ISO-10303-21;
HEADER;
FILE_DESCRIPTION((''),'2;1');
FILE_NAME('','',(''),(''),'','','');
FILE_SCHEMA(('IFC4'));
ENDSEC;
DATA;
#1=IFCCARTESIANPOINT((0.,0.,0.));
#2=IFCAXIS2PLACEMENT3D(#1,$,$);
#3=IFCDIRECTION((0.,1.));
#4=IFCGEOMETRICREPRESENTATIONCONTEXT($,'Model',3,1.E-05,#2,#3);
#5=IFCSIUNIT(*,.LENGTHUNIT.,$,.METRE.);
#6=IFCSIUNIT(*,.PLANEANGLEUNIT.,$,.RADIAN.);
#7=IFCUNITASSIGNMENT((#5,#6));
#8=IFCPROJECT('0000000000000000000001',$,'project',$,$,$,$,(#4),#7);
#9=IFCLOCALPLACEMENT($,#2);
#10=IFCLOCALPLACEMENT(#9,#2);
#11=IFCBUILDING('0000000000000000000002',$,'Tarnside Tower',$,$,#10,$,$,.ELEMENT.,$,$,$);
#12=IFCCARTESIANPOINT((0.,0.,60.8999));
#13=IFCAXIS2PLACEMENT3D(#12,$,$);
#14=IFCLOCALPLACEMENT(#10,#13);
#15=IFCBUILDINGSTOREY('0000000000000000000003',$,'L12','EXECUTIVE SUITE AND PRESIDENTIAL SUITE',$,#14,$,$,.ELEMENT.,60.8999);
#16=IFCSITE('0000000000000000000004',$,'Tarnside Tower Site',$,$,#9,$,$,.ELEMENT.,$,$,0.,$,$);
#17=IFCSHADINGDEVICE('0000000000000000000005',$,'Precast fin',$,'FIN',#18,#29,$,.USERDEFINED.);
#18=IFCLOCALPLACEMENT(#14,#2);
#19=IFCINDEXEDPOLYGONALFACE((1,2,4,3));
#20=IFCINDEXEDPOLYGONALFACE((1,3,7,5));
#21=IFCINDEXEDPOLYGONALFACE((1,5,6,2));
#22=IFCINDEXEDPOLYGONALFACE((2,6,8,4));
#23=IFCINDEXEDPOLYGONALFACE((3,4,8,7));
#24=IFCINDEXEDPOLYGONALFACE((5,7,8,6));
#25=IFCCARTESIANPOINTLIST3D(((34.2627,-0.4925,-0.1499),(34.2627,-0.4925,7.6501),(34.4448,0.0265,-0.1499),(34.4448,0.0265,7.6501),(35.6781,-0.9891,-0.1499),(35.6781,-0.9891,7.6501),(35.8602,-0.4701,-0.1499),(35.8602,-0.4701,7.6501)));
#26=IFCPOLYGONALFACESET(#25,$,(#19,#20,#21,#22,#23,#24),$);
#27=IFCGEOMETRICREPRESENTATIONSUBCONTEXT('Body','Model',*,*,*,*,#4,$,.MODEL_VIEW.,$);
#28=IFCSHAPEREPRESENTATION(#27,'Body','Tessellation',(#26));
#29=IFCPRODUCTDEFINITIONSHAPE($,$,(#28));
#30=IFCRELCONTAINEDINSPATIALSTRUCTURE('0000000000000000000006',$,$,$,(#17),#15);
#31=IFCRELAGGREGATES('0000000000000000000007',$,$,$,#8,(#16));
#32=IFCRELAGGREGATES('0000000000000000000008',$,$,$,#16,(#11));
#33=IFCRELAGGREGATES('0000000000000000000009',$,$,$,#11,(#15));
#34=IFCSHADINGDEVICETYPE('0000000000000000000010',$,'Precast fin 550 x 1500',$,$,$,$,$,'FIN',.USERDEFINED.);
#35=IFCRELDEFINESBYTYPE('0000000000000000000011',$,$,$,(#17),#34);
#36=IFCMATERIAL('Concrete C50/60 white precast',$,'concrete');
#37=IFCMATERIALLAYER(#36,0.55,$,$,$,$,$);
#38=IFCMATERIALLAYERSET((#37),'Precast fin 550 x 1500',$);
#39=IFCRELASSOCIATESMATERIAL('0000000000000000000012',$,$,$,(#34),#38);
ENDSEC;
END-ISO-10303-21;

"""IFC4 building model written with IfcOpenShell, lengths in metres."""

from ifc_helpers import new_model, si_unit, direction, frame, origin, place, context, subcontext, project, spatial, polyline, outline, extrude, material, layer, layer_set, type_object, element, save


model = new_model("IFC4")

# Units and contexts
model_context = context("Model", 3, precision=1e-05, world=origin(), true_north=direction((0.0, 1.0)))
body_context = subcontext(model_context, "Body", "Model", "MODEL_VIEW")
ifc_project = project(units=[si_unit("LENGTHUNIT", "METRE"), si_unit("PLANEANGLEUNIT", "RADIAN")], contexts=[model_context])

# Site, building, storey
site_placement = place(None, origin())
site = spatial("IfcSite", under=ifc_project, at=site_placement, Name="Tarnside Tower Site", CompositionType="ELEMENT", RefElevation=0.0)
building_placement = place(site_placement, origin())
building = spatial("IfcBuilding", under=site, at=building_placement, Name="Tarnside Tower", CompositionType="ELEMENT")
storey_placement = place(building_placement, frame((0.0, 0.0, 60.8999)))
storey = spatial("IfcBuildingStorey", under=building, at=storey_placement, Name="L12", Description="EXECUTIVE SUITE AND PRESIDENTIAL SUITE", CompositionType="ELEMENT", Elevation=60.8999)

# Shading device
ifc_material_1 = material(Name="Concrete C50/60 white precast", Category="concrete")
ifc_layer_1 = layer(ifc_material_1, 0.55)
ifc_layer_set_1 = layer_set([ifc_layer_1], Name="Precast fin 550 x 1500")
shading_device_type_1 = type_object("IfcShadingDeviceType", Name="Precast fin 550 x 1500", ElementType="FIN", PredefinedType="USERDEFINED", material=ifc_layer_set_1)
shading_device_placement = place(storey_placement, frame((34.3538, -0.2329, -0.1499), z_axis=(-0.331063, -0.943609, 0.0), x_axis=(0.943609, -0.331063, 0.0)))
element("IfcShadingDevice", 1, at=shading_device_placement, inside=storey, type_object=shading_device_type_1, Name="Precast fin", ObjectType="FIN", PredefinedType="USERDEFINED", context=body_context, shape_type="SweptSolid", body=[
    extrude(outline(polyline([(0.0, 0.0), (1.5, 0.0), (1.5, 7.8), (0.0, 7.8), (0.0, 0.0)])), frame((0.0, 0.0, -0.2749)), (0.0, 0.0, 1.0), 0.55),
])

save(model, "model.ifc")
